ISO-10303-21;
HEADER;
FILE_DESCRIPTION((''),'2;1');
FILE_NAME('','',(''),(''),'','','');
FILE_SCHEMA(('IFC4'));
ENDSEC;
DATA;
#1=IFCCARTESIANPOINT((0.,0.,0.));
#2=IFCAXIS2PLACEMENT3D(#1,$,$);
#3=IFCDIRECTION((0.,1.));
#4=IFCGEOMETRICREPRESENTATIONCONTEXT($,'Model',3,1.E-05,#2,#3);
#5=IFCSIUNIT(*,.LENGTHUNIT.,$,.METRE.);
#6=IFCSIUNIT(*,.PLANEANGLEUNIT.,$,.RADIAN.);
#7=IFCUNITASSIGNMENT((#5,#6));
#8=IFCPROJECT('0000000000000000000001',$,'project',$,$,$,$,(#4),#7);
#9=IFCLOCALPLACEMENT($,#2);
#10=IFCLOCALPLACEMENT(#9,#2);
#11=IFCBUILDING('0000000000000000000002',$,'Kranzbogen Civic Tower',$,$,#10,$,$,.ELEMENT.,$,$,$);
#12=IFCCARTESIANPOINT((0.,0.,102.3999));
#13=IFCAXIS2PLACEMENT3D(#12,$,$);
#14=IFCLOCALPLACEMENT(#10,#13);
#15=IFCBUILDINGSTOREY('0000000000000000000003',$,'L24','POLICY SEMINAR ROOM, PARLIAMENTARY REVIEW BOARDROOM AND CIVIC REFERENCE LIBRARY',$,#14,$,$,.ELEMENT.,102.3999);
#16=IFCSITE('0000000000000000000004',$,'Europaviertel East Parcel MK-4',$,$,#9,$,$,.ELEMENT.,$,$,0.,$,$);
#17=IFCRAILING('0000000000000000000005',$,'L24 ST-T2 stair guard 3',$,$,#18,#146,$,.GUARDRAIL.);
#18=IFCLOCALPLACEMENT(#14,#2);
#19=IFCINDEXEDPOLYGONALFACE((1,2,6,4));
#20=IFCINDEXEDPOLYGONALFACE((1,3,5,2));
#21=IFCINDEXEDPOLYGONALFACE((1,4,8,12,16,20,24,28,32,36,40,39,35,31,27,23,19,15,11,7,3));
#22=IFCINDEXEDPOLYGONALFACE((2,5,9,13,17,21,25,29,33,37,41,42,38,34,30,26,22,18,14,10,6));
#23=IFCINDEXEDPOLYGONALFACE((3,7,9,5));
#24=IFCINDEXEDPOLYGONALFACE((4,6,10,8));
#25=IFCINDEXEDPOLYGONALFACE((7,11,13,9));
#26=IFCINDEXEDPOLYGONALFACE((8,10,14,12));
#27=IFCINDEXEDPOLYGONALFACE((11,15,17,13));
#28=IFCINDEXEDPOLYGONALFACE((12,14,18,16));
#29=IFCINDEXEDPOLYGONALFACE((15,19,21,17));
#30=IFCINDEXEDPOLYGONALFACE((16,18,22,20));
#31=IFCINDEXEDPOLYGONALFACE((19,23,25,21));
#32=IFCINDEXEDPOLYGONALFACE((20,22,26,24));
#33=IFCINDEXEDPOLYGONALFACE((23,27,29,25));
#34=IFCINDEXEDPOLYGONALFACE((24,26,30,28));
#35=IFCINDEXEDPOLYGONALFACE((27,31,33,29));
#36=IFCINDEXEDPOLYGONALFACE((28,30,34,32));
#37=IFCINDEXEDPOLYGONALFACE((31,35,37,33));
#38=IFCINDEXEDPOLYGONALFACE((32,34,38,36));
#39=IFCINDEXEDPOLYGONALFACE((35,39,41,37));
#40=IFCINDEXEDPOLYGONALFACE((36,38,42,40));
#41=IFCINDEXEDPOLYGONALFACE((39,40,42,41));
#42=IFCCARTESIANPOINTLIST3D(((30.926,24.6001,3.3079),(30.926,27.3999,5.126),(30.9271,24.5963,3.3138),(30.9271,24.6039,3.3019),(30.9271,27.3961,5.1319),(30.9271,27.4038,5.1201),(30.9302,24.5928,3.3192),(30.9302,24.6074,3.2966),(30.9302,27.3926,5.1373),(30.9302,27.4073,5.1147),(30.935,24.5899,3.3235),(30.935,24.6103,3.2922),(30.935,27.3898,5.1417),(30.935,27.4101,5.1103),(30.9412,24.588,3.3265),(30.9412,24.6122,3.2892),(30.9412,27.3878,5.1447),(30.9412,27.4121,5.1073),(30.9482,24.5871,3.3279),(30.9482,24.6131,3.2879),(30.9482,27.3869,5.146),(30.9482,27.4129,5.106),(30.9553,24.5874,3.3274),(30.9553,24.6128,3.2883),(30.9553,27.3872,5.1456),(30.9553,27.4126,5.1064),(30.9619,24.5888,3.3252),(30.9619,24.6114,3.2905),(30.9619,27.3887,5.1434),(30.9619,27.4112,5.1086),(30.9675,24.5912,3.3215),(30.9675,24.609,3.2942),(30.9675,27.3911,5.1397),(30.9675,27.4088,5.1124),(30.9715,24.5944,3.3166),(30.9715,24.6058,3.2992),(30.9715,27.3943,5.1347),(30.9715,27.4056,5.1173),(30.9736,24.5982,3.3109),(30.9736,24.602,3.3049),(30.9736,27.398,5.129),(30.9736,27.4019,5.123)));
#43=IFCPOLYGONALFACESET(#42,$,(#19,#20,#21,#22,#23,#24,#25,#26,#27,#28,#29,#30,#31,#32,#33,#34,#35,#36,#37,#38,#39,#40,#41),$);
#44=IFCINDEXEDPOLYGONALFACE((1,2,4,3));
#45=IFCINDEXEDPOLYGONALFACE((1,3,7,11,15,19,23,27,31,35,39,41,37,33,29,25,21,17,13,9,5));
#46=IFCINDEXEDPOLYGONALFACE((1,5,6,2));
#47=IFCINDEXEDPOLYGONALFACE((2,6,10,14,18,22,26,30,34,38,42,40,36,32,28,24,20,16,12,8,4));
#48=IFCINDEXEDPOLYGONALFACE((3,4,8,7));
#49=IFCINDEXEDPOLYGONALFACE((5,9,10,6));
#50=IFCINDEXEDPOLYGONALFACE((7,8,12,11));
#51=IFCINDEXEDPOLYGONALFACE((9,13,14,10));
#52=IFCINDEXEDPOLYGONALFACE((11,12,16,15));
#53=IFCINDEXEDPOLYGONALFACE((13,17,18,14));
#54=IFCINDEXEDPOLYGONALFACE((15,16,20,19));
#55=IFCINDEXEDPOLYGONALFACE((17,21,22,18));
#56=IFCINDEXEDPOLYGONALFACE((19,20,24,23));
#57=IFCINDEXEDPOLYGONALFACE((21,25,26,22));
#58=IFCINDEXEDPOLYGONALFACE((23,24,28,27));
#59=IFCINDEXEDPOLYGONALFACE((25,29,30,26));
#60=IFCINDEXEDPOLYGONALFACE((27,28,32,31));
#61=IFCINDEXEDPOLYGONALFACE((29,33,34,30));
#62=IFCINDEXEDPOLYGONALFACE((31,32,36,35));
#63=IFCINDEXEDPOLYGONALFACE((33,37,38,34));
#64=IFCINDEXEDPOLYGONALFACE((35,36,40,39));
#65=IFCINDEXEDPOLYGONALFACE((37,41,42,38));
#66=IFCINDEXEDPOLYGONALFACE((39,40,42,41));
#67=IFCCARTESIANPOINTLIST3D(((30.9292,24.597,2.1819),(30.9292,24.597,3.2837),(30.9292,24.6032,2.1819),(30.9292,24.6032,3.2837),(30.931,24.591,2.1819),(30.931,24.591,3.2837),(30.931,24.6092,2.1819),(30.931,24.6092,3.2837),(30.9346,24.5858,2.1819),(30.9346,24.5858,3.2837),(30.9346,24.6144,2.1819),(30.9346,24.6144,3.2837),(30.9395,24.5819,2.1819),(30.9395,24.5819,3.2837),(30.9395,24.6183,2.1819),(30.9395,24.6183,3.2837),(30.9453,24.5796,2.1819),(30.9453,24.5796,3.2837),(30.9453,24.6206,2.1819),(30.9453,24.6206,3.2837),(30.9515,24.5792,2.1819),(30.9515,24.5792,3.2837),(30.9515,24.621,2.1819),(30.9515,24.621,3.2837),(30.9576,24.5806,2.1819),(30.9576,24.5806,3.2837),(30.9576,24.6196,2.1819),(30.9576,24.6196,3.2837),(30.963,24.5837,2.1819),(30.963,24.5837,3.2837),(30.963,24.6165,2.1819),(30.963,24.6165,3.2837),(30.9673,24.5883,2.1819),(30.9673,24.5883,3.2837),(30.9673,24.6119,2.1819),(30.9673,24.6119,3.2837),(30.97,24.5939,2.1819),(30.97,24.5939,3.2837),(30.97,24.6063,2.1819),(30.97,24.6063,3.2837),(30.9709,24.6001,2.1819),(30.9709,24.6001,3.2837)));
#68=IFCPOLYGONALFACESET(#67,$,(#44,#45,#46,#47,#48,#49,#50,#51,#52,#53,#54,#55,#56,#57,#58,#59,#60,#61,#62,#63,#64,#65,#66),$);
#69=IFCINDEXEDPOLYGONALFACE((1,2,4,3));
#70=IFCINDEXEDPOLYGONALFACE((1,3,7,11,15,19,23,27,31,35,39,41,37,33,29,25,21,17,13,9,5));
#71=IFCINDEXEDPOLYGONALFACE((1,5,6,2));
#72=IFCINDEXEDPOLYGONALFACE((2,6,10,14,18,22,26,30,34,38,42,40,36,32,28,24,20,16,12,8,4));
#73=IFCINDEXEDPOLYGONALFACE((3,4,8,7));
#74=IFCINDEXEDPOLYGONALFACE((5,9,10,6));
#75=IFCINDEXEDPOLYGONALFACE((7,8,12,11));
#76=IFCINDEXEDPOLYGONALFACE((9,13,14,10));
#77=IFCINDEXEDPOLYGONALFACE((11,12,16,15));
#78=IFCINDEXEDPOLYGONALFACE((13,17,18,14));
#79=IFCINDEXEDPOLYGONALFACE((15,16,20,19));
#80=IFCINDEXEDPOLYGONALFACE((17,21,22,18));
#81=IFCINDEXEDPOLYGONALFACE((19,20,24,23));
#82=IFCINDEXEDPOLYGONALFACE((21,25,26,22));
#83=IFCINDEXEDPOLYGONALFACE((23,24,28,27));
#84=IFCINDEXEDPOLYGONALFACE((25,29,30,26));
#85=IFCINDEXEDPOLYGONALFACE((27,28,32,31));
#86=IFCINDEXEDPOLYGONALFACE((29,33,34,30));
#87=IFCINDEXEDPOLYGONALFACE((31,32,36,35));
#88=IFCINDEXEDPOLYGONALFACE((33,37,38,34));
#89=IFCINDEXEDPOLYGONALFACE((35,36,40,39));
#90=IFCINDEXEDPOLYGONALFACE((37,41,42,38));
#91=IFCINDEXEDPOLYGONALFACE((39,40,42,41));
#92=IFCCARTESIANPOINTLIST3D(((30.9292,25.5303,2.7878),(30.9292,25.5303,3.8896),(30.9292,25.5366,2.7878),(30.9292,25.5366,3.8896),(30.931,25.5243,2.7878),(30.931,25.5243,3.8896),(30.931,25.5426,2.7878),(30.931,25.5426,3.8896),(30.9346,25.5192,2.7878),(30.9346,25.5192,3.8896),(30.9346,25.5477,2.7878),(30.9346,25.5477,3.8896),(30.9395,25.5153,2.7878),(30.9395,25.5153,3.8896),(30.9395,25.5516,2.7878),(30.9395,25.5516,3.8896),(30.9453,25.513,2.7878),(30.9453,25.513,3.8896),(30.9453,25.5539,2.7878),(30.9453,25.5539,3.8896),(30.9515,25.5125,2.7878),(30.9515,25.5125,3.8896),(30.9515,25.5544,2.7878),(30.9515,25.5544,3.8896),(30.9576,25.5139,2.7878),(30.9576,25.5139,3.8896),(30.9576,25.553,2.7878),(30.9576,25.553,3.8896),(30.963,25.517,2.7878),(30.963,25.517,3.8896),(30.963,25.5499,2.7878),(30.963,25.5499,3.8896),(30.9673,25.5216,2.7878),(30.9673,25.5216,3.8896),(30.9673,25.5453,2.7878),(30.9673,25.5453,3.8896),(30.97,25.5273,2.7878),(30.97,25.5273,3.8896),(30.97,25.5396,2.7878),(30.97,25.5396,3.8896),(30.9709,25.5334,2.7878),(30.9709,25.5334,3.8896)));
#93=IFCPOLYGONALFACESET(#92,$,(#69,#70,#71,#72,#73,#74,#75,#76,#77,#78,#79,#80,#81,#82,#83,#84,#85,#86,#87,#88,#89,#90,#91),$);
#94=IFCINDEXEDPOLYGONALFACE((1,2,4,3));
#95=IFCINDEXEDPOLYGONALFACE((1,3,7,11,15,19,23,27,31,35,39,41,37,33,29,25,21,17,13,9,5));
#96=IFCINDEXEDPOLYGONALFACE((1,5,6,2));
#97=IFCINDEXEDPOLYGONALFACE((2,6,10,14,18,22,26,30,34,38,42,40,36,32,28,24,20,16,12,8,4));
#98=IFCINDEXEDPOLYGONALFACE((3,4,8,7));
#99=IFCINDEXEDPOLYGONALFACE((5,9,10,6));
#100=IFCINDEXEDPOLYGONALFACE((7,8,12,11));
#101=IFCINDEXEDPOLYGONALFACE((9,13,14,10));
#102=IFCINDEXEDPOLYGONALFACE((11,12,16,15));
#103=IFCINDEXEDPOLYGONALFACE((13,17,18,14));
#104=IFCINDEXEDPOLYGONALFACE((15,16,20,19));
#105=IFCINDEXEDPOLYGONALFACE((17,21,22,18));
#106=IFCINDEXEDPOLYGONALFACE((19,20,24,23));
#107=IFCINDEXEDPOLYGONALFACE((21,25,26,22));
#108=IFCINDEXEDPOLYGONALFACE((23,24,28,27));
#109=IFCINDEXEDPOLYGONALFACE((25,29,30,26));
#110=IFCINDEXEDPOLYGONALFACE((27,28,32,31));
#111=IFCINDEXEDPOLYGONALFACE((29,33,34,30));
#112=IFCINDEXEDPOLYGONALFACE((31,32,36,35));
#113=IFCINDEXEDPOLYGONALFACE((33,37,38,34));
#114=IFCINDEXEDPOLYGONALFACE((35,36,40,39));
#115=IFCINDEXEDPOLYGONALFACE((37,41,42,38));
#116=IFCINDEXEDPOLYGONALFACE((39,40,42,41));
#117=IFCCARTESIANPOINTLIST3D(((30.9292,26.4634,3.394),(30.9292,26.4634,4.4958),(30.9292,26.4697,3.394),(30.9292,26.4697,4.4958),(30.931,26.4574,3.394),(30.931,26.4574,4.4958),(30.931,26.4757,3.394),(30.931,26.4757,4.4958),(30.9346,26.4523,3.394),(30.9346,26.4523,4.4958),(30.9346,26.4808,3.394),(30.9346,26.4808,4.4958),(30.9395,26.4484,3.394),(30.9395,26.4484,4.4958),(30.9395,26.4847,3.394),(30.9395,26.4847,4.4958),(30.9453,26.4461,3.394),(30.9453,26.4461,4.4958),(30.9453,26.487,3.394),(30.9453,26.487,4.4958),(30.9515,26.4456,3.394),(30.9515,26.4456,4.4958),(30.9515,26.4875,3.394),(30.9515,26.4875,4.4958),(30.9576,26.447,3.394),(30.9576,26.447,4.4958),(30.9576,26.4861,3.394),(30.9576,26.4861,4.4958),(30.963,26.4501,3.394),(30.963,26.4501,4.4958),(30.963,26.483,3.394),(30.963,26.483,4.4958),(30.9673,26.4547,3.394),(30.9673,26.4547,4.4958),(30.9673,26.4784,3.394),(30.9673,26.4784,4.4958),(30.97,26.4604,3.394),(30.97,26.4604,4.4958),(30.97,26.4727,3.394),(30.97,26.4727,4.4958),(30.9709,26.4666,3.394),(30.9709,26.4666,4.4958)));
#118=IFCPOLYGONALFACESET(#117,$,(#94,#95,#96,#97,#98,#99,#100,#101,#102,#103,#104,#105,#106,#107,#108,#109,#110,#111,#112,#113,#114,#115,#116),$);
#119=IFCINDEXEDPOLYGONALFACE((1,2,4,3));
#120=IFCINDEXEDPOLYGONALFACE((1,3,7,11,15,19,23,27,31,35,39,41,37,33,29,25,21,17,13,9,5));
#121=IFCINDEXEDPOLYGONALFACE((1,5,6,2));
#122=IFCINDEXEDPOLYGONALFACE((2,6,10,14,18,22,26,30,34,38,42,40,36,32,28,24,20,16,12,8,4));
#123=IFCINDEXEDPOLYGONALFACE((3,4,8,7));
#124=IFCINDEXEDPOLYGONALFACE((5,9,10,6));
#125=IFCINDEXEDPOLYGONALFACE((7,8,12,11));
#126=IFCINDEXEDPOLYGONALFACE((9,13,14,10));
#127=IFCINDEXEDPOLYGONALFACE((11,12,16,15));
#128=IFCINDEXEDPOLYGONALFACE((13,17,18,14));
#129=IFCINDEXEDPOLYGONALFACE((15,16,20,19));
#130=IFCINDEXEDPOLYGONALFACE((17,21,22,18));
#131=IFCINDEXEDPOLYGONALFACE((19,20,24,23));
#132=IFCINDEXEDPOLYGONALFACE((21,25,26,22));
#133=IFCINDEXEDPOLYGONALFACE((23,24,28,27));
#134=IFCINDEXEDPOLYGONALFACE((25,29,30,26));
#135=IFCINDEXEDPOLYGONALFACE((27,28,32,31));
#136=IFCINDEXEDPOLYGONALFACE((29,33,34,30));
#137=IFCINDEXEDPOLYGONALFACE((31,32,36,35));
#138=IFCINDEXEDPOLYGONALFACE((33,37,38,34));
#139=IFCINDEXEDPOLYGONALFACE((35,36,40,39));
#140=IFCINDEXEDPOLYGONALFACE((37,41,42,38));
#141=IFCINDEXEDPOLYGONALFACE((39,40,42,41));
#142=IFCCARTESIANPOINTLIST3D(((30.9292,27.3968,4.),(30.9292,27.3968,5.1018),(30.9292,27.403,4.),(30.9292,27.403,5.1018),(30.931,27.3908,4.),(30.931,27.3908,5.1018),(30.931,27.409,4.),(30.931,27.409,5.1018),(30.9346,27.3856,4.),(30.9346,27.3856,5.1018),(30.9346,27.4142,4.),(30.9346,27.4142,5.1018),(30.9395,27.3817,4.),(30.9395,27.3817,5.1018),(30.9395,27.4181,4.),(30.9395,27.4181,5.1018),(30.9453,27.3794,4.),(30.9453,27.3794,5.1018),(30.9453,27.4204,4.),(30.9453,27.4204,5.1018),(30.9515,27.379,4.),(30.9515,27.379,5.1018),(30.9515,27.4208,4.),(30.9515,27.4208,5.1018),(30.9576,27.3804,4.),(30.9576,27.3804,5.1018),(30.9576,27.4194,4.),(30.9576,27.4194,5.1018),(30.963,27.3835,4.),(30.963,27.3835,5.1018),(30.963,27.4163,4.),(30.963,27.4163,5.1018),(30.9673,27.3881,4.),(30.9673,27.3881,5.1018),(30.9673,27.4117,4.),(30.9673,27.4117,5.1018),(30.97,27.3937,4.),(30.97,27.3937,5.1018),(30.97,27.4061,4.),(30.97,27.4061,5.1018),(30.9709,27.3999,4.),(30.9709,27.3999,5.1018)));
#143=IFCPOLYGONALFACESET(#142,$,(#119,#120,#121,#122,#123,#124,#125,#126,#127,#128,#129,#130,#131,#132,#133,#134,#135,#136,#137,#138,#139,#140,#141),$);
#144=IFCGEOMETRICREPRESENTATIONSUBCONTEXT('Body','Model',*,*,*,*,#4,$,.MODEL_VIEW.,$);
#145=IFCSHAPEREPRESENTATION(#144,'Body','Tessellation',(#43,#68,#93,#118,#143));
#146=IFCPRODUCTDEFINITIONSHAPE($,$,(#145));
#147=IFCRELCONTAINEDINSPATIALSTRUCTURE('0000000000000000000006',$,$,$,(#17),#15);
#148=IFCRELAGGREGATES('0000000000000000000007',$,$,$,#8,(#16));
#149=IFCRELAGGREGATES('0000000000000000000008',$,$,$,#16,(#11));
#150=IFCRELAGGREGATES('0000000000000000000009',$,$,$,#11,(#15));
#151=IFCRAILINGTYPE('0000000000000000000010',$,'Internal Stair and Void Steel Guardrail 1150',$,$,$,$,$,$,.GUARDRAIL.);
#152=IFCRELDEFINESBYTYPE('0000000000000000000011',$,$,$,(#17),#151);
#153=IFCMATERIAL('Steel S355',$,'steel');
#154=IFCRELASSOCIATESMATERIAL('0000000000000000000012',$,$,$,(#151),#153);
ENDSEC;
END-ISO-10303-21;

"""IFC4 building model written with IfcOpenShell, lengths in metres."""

from ifc_helpers import new_model, si_unit, direction, frame, origin, origin_2d, place, context, subcontext, project, spatial, circle, extrude, material, type_object, element, save


model = new_model("IFC4")

# Units and contexts
model_context = context("Model", 3, precision=1e-05, world=origin(), true_north=direction((0.0, 1.0)))
body_context = subcontext(model_context, "Body", "Model", "MODEL_VIEW")
ifc_project = project(units=[si_unit("LENGTHUNIT", "METRE"), si_unit("PLANEANGLEUNIT", "RADIAN")], contexts=[model_context])

# Site, building, storey
site_placement = place(None, origin())
site = spatial("IfcSite", under=ifc_project, at=site_placement, Name="Europaviertel East Parcel MK-4", CompositionType="ELEMENT", RefElevation=0.0)
building_placement = place(site_placement, origin())
building = spatial("IfcBuilding", under=site, at=building_placement, Name="Kranzbogen Civic Tower", CompositionType="ELEMENT")
storey_placement = place(building_placement, frame((0.0, 0.0, 102.3999)))
storey = spatial("IfcBuildingStorey", under=building, at=storey_placement, Name="L24", Description="POLICY SEMINAR ROOM, PARLIAMENTARY REVIEW BOARDROOM AND CIVIC REFERENCE LIBRARY", CompositionType="ELEMENT", Elevation=102.3999)

# Shared definitions
ifc_material_1 = material(Name="Steel S355", Category="steel")

# Railing
railing_type_1 = type_object("IfcRailingType", Name="Internal Stair and Void Steel Guardrail 1150", PredefinedType="GUARDRAIL", material=ifc_material_1)
railing_1_placement = place(storey_placement, frame((30.95, 24.6001, 2.1819)))
element("IfcRailing", 1, at=railing_1_placement, inside=storey, type_object=railing_type_1, Name="L24 ST-T2 stair guard 3", PredefinedType="GUARDRAIL", context=body_context, shape_type="SweptSolid", body=[
    extrude(circle(Radius=0.0239, at=origin_2d()), frame((0.0, 0.0, 1.126), z_axis=(0.0, 0.838684, 0.544618), x_axis=(-1.0, 0.0, 0.0)), (0.0, 0.0, 1.0), 3.3384),
    extrude(circle(Radius=0.021, at=origin_2d()), origin(), (0.0, 0.0, 1.0), 1.1018),
    extrude(circle(Radius=0.021, at=origin_2d()), frame((0.0, 0.9333, 0.606)), (0.0, 0.0, 1.0), 1.1018),
    extrude(circle(Radius=0.021, at=origin_2d()), frame((0.0, 1.8665, 1.2122)), (0.0, 0.0, 1.0), 1.1018),
    extrude(circle(Radius=0.021, at=origin_2d()), frame((0.0, 2.7998, 1.8181)), (0.0, 0.0, 1.0), 1.1018),
])

save(model, "model.ifc")
